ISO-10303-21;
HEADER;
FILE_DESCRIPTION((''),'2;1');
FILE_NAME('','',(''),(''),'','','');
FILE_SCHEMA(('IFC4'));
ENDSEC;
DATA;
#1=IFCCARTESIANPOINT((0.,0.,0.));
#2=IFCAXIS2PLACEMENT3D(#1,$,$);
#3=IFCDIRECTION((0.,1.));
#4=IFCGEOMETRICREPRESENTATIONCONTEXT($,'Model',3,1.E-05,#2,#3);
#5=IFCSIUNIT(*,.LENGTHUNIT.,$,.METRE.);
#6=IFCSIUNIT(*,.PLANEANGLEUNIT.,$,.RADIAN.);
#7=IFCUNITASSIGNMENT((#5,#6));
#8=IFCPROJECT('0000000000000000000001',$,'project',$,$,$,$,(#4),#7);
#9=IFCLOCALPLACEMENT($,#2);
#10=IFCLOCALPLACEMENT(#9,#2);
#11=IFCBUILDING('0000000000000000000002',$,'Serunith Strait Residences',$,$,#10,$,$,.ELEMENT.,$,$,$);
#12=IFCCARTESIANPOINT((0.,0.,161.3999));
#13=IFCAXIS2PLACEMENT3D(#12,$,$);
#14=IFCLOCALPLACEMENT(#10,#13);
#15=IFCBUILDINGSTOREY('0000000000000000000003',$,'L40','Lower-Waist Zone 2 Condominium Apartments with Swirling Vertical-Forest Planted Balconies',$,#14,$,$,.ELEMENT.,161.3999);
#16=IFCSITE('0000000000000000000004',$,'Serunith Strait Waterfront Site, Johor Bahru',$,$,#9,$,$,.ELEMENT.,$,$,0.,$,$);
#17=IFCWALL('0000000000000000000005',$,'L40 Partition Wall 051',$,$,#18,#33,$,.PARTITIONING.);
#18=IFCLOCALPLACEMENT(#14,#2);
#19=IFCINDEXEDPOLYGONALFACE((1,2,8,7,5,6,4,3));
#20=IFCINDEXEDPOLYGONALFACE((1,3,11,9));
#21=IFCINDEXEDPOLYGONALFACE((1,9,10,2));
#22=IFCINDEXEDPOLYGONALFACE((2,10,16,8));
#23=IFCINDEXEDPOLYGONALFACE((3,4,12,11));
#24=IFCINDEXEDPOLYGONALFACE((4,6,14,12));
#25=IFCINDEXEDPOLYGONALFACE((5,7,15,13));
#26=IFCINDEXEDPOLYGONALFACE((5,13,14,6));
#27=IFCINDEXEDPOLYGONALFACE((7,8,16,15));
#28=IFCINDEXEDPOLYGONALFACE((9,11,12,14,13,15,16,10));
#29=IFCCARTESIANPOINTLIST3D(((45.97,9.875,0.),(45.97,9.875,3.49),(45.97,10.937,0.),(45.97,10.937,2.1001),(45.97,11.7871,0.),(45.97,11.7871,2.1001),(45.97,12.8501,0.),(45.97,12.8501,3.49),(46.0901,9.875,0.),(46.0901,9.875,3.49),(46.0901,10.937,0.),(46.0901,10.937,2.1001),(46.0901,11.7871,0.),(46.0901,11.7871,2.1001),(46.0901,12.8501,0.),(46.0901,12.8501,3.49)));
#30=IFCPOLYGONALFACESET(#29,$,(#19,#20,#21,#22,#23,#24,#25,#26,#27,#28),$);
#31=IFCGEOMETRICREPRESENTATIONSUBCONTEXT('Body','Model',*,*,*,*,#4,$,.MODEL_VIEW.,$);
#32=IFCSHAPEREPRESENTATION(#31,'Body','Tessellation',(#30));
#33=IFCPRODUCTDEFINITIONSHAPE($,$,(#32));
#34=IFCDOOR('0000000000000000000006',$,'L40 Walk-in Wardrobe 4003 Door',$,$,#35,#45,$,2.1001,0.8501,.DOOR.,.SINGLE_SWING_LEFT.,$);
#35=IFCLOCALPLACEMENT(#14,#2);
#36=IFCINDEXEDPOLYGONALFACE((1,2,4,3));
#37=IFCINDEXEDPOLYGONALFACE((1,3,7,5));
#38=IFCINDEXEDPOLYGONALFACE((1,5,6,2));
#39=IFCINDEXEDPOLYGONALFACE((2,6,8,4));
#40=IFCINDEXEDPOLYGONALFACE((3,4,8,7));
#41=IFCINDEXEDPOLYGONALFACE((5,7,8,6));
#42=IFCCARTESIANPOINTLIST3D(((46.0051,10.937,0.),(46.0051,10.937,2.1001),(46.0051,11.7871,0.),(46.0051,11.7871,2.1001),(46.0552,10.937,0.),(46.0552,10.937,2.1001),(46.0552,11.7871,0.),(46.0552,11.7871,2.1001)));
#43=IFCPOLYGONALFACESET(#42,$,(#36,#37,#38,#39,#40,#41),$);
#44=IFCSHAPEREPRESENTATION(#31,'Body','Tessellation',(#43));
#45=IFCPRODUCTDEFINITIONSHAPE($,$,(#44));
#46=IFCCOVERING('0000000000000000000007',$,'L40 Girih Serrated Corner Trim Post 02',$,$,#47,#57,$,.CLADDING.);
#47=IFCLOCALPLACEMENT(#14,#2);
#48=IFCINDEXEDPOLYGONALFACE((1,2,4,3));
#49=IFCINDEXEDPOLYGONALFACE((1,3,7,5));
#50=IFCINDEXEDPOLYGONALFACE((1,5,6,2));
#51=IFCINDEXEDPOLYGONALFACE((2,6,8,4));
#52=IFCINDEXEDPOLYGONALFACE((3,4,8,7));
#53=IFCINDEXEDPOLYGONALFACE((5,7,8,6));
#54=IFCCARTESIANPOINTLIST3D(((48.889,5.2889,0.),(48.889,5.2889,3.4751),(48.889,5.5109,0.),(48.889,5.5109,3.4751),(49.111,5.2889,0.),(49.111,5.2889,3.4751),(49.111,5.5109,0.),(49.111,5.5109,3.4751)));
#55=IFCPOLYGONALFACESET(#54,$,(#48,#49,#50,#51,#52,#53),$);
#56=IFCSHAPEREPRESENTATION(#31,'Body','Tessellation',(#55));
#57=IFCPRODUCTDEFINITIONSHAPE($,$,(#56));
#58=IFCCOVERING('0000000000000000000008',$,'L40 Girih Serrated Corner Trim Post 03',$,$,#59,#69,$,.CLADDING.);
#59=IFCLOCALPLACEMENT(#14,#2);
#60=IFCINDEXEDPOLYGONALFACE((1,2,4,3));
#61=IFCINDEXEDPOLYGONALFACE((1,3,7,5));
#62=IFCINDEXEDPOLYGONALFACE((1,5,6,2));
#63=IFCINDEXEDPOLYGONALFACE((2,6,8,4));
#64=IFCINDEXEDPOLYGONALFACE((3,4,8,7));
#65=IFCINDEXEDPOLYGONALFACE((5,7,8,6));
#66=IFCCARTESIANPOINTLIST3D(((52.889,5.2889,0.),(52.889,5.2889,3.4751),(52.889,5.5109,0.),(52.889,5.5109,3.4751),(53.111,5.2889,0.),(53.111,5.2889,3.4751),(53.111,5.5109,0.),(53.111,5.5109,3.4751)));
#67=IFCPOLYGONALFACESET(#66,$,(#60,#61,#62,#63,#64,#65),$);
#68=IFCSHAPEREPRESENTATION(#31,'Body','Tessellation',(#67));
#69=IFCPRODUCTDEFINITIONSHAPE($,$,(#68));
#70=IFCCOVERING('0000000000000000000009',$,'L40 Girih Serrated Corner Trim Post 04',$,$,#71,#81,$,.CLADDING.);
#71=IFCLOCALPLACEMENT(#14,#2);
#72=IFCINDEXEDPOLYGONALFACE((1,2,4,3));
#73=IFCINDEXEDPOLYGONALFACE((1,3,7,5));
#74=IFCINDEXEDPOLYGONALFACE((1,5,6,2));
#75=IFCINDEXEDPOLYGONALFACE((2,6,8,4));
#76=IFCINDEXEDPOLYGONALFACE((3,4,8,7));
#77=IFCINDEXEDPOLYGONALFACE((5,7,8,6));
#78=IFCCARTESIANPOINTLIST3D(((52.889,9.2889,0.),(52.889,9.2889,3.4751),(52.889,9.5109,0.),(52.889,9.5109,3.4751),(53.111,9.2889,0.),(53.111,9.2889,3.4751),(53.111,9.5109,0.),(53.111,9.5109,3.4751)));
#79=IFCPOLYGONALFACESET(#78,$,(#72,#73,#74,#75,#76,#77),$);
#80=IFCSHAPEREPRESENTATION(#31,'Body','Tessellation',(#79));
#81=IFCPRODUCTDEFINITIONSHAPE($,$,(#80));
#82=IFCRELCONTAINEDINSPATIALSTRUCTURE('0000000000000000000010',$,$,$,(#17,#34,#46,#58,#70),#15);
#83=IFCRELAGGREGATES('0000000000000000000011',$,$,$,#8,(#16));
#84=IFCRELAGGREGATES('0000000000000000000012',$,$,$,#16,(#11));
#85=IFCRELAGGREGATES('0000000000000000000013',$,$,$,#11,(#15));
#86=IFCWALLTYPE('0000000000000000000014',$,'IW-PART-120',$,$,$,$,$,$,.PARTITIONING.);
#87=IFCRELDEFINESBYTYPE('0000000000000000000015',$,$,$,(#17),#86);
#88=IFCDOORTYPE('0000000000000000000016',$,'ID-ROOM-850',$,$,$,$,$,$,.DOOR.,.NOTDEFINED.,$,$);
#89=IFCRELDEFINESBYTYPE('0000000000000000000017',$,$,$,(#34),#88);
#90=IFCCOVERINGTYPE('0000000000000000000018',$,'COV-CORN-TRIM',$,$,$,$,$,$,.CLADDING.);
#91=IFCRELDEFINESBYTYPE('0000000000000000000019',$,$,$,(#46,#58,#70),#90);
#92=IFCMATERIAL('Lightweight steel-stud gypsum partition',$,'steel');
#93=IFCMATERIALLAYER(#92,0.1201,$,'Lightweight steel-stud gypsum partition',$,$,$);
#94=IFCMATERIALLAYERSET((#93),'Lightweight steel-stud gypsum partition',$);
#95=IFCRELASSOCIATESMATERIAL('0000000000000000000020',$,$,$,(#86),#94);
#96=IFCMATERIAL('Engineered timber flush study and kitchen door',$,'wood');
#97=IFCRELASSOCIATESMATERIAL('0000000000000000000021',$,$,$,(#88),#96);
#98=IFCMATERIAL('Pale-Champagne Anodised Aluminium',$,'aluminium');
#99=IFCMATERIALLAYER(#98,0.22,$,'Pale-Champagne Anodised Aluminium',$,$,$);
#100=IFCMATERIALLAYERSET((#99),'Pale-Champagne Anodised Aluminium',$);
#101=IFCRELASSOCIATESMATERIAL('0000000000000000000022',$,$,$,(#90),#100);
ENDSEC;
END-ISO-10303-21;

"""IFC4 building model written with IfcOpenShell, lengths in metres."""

from ifc_helpers import new_model, si_unit, direction, frame, frame_2d, origin, origin_2d, place, context, subcontext, project, spatial, rectangle, extrude, source, transform, mapped, material, layer, layer_set, type_object, element, fill, save


model = new_model("IFC4")

# Units and contexts
model_context = context("Model", 3, precision=1e-05, world=origin(), true_north=direction((0.0, 1.0)))
body_context = subcontext(model_context, "Body", "Model", "MODEL_VIEW")
ifc_project = project(units=[si_unit("LENGTHUNIT", "METRE"), si_unit("PLANEANGLEUNIT", "RADIAN")], contexts=[model_context])

# Site, building, storey
site_placement = place(None, origin())
site = spatial("IfcSite", under=ifc_project, at=site_placement, Name="Serunith Strait Waterfront Site, Johor Bahru", CompositionType="ELEMENT", RefElevation=0.0)
building_placement = place(site_placement, origin())
building = spatial("IfcBuilding", under=site, at=building_placement, Name="Serunith Strait Residences", CompositionType="ELEMENT")
storey_placement = place(building_placement, frame((0.0, 0.0, 161.3999)))
storey = spatial("IfcBuildingStorey", under=building, at=storey_placement, Name="L40", Description="Lower-Waist Zone 2 Condominium Apartments with Swirling Vertical-Forest Planted Balconies", CompositionType="ELEMENT", Elevation=161.3999)

# Shared definitions
ifc_material_1 = material(Name="Pale-Champagne Anodised Aluminium", Category="aluminium")

# Shared definitions
ifc_material_2 = material(Name="Lightweight steel-stud gypsum partition", Category="steel")
ifc_layer_1 = layer(ifc_material_2, 0.1201, Name="Lightweight steel-stud gypsum partition")
ifc_layer_set_1 = layer_set([ifc_layer_1], Name="Lightweight steel-stud gypsum partition")
wall_type_1 = type_object("IfcWallType", Name="IW-PART-120", PredefinedType="PARTITIONING", material=ifc_layer_set_1)

# Wall, opening, door
wall_1_placement = place(storey_placement, frame((46.03, 9.875, 0.0), z_axis=(0.0, 0.0, 1.0), x_axis=(0.0, 1.0, 0.0)))
wall_1 = element("IfcWall", 1, at=wall_1_placement, inside=storey, type_object=wall_type_1, Name="L40 Partition Wall 051", PredefinedType="PARTITIONING", context=body_context, shape_type="SweptSolid", body=[
    extrude(rectangle(XDim=2.9751, YDim=0.1201, at=frame_2d((1.4875, 0.0))), origin(), (0.0, 0.0, 1.0), 3.49),
])
opening_1_placement = place(wall_1_placement, frame((1.062, 0.0, 0.0)))
opening_1 = element("IfcOpeningElement", 2, at=opening_1_placement, cuts=wall_1, PredefinedType="OPENING", context=body_context, shape_type="SweptSolid", body=[
    extrude(rectangle(XDim=0.8501, YDim=2.1001, at=frame_2d((0.425, 1.05))), frame((0.0, 0.0701, 0.0), z_axis=(0.0, -1.0, 0.0), x_axis=(1.0, 0.0, 0.0)), (0.0, 0.0, 1.0), 0.1401),
])
ifc_material_3 = material(Name="Engineered timber flush study and kitchen door", Category="wood")
door_type_1 = type_object("IfcDoorType", Name="ID-ROOM-850", OperationType="NOTDEFINED", PredefinedType="DOOR", material=ifc_material_3)
shared_shape_1 = source(origin(), body_context, "Body", "SweptSolid", [
    extrude(rectangle(XDim=0.8501, YDim=2.1001, at=frame_2d((0.425, 1.05))), frame((0.0, 0.0249, 0.0), z_axis=(0.0, -1.0, 0.0), x_axis=(1.0, 0.0, 0.0)), (0.0, 0.0, 1.0), 0.05),
])
door_1_placement = place(opening_1_placement, origin())
door_1 = element("IfcDoor", 3, at=door_1_placement, inside=storey, type_object=door_type_1, Name="L40 Walk-in Wardrobe 4003 Door", OperationType="SINGLE_SWING_LEFT", OverallHeight=2.1001, OverallWidth=0.8501, PredefinedType="DOOR", context=body_context, shape_type="MappedRepresentation", body=[
    mapped(shared_shape_1, transform((0.0, 0.0, 0.0), scale=1.0)),
])
fill(opening_1, door_1)

# Coverings
ifc_layer_2 = layer(ifc_material_1, 0.22, Name="Pale-Champagne Anodised Aluminium")
ifc_layer_set_2 = layer_set([ifc_layer_2], Name="Pale-Champagne Anodised Aluminium")
covering_type = type_object("IfcCoveringType", Name="COV-CORN-TRIM", PredefinedType="CLADDING", material=ifc_layer_set_2)
shared_shape_2 = source(origin(), body_context, "Body", "SweptSolid", [
    extrude(rectangle(XDim=0.2219, YDim=0.2219, at=origin_2d()), origin(), (0.0, 0.0, 1.0), 3.4751),
])
for number, where, z_axis, x_axis, name in (
    (4, (49.0, 5.3999, 0.0), (0.0, 0.0, 1.0), (1.0, 0.0, 0.0), "L40 Girih Serrated Corner Trim Post 02"),
    (5, (53.0, 5.3999, 0.0), (0.0, 0.0, 1.0), (1.0, 0.0, 0.0), "L40 Girih Serrated Corner Trim Post 03"),
    (6, (53.0, 9.3999, 0.0), (0.0, 0.0, 1.0), (1.0, 0.0, 0.0), "L40 Girih Serrated Corner Trim Post 04"),
):
    element("IfcCovering", number, at=place(storey_placement, frame(where, z_axis=z_axis, x_axis=x_axis)), inside=storey, type_object=covering_type, Name=name, PredefinedType="CLADDING", context=body_context, shape_type="MappedRepresentation", body=[
        mapped(shared_shape_2, transform((0.0, 0.0, 0.0), scale=1.0)),
    ])

save(model, "model.ifc")
